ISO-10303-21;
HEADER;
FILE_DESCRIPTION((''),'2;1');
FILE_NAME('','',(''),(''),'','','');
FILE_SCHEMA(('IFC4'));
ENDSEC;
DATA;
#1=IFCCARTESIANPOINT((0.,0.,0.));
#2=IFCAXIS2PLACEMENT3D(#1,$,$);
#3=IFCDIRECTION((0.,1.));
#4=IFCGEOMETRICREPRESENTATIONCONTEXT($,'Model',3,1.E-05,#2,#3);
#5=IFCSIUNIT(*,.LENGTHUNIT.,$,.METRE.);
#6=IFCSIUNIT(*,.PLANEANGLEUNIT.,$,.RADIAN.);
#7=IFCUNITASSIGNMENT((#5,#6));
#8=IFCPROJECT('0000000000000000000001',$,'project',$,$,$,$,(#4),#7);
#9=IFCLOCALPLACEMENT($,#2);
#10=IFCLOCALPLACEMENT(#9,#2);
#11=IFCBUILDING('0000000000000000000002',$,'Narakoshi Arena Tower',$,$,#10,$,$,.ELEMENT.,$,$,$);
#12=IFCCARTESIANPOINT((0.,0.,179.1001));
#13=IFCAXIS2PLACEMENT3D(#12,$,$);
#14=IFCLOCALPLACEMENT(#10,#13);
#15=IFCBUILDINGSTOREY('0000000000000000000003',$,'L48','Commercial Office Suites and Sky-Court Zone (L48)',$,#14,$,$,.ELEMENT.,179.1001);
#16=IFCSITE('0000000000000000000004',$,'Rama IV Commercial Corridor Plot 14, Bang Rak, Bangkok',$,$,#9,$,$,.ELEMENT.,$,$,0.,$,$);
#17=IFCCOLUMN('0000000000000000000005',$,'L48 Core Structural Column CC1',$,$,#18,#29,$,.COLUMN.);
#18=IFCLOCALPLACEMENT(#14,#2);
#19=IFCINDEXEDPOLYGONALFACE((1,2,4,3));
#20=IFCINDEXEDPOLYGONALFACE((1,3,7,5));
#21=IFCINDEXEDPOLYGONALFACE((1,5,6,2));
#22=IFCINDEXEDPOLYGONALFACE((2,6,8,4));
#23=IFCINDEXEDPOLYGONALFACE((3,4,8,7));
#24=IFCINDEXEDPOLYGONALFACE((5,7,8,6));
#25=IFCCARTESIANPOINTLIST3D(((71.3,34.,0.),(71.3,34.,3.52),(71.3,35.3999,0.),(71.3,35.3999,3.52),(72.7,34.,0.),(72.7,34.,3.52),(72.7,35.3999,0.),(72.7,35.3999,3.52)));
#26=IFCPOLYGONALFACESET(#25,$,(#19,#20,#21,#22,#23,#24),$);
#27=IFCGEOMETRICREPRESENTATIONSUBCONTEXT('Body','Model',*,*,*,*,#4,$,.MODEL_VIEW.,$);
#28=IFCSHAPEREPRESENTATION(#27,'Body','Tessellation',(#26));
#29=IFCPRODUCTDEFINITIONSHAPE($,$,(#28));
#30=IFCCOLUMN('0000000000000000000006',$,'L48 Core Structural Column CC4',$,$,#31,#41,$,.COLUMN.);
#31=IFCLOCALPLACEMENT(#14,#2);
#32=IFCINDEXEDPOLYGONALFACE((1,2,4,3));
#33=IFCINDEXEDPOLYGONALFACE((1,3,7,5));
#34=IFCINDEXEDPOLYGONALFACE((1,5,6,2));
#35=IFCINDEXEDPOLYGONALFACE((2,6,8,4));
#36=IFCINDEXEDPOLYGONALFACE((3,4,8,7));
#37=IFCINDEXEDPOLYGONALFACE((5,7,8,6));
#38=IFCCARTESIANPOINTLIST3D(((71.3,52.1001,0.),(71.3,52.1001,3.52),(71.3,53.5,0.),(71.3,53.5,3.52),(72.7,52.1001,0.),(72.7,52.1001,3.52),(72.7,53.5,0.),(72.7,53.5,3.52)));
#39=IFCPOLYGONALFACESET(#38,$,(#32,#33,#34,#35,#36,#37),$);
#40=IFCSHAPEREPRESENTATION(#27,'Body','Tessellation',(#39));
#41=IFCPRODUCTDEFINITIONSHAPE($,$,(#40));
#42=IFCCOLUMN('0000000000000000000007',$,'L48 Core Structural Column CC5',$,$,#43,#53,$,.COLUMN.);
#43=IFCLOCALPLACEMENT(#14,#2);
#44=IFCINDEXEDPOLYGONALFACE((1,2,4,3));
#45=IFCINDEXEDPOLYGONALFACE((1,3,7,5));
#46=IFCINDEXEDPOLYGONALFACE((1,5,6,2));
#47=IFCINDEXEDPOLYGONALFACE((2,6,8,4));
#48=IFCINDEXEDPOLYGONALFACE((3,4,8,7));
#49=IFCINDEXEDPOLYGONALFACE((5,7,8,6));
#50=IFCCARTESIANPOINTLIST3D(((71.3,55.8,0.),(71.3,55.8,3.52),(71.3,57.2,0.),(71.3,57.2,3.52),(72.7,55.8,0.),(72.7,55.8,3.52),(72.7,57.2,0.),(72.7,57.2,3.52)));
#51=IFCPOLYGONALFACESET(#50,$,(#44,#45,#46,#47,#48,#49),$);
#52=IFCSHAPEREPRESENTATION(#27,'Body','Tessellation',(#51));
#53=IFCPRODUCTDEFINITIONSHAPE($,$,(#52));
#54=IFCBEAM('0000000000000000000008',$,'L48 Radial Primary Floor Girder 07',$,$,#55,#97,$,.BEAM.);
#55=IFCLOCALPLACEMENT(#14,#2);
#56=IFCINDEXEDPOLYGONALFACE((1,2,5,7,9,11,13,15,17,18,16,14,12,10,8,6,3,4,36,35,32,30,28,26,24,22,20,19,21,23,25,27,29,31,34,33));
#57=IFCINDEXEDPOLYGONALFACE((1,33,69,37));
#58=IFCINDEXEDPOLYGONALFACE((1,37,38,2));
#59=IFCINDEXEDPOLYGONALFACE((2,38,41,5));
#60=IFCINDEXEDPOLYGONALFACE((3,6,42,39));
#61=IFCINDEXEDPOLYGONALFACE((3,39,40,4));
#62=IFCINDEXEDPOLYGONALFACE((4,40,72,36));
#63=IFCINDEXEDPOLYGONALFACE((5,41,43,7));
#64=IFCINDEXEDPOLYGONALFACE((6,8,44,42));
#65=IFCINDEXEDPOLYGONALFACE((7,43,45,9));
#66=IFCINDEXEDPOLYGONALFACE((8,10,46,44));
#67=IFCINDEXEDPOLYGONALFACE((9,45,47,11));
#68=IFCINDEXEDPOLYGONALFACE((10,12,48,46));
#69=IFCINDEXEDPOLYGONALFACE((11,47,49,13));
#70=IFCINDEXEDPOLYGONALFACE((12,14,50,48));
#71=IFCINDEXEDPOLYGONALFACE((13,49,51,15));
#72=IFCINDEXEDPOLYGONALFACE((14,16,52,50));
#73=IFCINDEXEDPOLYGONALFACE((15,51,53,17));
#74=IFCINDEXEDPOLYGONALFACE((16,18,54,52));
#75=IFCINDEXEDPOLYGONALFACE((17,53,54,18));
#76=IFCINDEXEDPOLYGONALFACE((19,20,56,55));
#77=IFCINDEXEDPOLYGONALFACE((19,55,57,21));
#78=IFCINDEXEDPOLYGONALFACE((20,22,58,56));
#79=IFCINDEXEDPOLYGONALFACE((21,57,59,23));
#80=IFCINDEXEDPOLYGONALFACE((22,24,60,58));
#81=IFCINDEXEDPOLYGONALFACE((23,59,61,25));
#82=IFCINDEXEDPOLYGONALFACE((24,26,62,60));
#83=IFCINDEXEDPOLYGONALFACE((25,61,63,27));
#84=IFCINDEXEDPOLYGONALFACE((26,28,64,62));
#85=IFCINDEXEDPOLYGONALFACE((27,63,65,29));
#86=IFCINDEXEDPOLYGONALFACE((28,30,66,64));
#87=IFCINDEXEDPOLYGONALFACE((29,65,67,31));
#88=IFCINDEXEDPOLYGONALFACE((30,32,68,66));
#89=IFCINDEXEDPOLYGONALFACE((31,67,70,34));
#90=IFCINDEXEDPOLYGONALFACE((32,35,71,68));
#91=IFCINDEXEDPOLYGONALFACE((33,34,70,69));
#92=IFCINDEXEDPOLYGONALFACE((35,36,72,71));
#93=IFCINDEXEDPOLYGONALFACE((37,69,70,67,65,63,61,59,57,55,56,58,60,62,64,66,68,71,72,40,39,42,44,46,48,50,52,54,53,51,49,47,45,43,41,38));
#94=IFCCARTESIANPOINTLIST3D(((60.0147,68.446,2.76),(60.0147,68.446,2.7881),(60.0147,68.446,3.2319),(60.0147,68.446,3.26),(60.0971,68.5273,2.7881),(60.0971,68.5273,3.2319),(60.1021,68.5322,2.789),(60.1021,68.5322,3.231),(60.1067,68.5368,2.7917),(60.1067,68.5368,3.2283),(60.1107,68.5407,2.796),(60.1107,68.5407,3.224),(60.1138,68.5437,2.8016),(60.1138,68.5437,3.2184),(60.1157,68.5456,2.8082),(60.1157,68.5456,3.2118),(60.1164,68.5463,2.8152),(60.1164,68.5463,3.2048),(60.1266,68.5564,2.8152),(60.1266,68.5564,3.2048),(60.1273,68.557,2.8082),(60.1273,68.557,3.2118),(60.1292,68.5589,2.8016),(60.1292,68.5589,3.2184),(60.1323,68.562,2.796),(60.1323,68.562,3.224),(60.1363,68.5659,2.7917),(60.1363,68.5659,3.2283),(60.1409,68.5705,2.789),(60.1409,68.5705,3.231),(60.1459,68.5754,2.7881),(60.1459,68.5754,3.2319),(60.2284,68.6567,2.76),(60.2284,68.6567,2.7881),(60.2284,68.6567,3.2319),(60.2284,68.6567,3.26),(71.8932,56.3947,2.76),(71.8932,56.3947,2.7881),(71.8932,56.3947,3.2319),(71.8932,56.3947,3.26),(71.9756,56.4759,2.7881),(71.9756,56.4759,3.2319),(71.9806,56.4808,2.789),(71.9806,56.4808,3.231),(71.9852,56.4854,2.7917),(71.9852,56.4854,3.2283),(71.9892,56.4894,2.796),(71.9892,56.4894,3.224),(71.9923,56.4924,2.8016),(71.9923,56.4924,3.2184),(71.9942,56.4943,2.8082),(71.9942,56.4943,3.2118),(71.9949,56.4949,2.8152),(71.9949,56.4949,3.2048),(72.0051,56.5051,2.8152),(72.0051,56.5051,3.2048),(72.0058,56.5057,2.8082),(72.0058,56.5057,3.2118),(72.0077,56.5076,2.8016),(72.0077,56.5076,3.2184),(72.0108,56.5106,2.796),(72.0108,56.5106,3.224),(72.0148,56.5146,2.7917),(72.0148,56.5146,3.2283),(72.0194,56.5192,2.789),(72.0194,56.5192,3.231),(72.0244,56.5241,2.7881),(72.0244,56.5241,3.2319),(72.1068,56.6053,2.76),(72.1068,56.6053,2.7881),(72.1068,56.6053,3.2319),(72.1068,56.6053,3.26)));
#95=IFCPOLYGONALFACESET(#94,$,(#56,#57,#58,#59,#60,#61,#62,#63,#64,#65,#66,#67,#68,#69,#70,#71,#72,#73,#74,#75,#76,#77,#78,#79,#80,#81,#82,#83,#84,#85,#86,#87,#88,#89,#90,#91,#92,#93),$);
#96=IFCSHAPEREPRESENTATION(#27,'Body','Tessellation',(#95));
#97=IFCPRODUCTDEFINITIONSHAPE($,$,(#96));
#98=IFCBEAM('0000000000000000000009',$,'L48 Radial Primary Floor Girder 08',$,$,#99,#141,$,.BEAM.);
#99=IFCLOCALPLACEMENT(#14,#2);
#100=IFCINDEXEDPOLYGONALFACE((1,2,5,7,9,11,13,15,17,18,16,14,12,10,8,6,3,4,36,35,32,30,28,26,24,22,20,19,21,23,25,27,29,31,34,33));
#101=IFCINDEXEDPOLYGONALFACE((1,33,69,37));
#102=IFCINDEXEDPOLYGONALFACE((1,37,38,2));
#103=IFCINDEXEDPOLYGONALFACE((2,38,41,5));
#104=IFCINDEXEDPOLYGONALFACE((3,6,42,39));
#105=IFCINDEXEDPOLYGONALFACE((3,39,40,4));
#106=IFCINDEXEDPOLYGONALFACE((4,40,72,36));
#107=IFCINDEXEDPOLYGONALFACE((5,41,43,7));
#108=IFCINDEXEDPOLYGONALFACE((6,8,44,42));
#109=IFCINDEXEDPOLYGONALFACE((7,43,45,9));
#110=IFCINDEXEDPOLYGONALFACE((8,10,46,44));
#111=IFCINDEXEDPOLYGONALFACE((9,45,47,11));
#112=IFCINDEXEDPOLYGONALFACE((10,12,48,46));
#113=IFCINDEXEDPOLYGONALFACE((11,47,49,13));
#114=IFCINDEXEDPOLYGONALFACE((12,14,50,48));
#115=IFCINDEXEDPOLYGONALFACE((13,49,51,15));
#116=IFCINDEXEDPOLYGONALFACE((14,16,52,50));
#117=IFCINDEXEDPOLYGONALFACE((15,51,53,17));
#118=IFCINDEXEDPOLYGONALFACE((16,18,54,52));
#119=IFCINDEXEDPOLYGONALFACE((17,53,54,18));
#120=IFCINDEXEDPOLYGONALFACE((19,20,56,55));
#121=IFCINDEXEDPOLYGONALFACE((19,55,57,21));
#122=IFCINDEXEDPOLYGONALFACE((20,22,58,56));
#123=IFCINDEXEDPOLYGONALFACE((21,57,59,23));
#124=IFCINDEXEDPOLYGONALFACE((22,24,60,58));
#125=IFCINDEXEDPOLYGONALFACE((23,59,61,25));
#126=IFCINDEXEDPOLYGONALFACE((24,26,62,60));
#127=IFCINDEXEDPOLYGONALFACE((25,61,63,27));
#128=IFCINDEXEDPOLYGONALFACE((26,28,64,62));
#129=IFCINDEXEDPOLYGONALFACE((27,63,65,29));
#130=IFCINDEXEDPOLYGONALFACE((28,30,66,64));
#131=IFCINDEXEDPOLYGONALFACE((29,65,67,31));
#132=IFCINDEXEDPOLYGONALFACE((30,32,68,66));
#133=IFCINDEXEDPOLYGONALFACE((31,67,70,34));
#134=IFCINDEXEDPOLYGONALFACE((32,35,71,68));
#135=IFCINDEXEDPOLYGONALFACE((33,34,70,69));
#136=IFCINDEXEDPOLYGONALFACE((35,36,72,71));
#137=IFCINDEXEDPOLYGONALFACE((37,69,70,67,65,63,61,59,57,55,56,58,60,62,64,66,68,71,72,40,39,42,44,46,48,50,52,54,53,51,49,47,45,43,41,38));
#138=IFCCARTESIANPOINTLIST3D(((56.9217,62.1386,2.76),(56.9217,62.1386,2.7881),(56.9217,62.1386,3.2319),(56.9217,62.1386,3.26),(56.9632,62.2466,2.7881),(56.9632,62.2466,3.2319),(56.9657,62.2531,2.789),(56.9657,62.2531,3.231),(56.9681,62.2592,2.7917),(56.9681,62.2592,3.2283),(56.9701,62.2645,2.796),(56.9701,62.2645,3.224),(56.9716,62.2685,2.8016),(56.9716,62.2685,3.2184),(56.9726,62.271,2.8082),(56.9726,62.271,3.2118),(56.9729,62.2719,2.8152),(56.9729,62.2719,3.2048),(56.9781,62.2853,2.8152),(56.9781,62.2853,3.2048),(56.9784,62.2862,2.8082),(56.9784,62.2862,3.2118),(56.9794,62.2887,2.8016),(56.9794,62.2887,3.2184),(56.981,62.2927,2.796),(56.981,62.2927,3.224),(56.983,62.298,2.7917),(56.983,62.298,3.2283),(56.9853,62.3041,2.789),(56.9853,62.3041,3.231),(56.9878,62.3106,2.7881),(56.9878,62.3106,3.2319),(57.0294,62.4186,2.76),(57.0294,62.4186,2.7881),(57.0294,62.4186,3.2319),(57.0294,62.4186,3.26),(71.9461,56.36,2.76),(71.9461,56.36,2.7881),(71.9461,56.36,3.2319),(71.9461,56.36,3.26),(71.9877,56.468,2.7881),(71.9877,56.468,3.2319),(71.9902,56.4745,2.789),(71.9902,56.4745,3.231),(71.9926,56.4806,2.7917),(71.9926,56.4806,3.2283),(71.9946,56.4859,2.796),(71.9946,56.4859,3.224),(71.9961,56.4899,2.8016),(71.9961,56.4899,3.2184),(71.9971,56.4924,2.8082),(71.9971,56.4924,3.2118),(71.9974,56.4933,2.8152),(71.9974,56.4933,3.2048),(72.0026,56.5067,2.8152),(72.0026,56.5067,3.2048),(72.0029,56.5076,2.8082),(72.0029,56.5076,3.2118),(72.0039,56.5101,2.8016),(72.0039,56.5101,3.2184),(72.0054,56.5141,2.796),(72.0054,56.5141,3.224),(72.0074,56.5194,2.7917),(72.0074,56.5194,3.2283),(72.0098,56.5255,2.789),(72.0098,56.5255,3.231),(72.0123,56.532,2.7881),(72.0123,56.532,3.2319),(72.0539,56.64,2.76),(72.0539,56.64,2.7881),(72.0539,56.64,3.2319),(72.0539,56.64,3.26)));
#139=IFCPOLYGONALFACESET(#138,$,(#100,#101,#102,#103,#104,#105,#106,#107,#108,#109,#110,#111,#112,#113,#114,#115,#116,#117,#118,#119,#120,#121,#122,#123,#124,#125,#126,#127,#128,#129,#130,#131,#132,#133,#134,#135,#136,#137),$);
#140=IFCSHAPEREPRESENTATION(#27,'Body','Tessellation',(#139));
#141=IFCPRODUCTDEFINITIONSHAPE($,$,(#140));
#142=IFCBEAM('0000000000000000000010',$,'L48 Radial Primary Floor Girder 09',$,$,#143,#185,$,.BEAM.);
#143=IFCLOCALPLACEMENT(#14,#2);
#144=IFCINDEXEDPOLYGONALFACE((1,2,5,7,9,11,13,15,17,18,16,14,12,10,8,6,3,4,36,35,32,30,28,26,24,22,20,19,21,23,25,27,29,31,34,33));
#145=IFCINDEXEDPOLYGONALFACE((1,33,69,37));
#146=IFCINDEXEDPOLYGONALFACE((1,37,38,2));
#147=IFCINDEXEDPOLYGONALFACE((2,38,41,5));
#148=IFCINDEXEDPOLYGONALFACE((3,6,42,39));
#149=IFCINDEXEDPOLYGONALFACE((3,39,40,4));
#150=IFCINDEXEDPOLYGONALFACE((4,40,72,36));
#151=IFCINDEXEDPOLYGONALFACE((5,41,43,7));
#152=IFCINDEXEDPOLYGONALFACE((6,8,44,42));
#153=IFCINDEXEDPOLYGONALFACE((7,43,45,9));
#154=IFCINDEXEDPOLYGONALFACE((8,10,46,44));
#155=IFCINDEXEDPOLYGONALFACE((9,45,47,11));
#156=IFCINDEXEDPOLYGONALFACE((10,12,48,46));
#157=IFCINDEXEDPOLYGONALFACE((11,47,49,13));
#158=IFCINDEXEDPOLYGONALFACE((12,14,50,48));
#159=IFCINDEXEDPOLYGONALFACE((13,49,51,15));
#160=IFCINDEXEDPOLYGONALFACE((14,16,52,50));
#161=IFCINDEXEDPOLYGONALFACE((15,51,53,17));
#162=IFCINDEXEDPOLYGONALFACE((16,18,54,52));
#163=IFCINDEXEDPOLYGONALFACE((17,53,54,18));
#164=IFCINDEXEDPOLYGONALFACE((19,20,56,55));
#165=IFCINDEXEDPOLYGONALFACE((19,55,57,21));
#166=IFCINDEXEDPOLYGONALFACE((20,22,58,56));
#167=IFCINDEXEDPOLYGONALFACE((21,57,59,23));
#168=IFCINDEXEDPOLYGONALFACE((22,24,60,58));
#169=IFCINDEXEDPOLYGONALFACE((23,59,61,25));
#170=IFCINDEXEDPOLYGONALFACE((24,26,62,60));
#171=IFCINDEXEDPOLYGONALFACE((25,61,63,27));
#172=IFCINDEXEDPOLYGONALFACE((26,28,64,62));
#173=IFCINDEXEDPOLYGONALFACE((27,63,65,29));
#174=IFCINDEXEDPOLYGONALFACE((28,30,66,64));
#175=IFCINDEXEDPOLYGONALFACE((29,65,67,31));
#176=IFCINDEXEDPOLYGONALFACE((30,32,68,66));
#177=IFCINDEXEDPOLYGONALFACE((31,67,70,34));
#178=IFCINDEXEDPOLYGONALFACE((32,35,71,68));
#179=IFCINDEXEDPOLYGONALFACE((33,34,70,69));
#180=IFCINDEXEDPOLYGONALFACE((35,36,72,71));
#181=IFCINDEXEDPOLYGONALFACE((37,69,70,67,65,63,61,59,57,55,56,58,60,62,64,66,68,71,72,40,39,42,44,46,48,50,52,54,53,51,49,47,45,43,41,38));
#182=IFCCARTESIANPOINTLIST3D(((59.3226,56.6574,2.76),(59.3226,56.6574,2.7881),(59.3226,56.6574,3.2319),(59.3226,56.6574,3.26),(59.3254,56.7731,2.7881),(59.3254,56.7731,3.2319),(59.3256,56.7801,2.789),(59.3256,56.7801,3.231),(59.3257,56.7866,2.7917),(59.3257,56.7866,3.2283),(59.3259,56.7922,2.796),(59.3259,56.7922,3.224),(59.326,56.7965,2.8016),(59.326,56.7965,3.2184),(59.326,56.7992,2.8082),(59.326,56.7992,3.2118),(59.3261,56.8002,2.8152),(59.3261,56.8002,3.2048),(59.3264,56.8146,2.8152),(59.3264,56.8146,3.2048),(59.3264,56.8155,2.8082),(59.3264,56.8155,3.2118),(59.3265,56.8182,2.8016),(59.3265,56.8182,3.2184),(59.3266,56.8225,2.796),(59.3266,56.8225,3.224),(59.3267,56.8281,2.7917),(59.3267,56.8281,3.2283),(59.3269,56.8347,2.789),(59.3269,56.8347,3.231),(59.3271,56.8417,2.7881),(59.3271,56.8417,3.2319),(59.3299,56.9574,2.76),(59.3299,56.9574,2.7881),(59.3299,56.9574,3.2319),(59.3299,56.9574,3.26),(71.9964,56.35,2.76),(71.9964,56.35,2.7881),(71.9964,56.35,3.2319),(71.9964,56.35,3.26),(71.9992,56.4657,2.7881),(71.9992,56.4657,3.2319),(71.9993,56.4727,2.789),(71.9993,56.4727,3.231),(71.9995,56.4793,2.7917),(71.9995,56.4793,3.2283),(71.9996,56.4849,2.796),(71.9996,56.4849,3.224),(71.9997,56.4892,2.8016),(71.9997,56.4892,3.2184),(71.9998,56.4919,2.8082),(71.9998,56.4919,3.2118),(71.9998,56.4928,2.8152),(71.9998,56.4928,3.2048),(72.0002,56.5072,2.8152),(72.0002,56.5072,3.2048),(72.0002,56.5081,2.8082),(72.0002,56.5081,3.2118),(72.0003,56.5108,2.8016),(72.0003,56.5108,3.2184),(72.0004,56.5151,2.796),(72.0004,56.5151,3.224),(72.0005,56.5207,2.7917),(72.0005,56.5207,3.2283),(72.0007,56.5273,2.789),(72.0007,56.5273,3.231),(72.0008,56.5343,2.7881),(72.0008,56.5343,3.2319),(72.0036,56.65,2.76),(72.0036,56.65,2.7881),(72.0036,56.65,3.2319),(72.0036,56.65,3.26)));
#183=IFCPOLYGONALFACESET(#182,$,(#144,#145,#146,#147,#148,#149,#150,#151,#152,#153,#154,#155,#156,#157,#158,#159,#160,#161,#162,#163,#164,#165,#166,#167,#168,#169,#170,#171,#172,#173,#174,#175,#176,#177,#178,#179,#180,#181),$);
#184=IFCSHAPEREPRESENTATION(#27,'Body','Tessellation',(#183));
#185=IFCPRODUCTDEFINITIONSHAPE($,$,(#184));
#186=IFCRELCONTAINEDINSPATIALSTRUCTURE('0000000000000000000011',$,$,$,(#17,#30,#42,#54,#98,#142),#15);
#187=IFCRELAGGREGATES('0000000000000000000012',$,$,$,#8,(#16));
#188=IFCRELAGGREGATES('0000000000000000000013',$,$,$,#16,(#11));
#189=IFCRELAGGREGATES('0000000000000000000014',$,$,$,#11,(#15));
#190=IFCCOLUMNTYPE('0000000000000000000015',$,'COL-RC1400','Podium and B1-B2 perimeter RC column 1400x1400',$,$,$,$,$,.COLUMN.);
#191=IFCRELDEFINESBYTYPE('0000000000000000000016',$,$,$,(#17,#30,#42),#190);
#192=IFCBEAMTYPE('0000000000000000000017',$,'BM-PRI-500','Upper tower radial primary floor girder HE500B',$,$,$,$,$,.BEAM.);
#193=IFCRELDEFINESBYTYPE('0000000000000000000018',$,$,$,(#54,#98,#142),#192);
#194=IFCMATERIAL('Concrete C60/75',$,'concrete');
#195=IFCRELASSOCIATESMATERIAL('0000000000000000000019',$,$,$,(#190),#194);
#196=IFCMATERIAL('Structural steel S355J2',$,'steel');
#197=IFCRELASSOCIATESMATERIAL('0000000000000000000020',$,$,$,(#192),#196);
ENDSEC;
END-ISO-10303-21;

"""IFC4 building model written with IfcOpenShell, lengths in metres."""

from ifc_helpers import new_model, si_unit, direction, frame, origin, origin_2d, place, context, subcontext, project, spatial, rectangle, i_section, extrude, material, material_profile, profile_set, type_object, element, save


model = new_model("IFC4")

# Units and contexts
model_context = context("Model", 3, precision=1e-05, world=origin(), true_north=direction((0.0, 1.0)))
body_context = subcontext(model_context, "Body", "Model", "MODEL_VIEW")
ifc_project = project(units=[si_unit("LENGTHUNIT", "METRE"), si_unit("PLANEANGLEUNIT", "RADIAN")], contexts=[model_context])

# Site, building, storey
site_placement = place(None, origin())
site = spatial("IfcSite", under=ifc_project, at=site_placement, Name="Rama IV Commercial Corridor Plot 14, Bang Rak, Bangkok", CompositionType="ELEMENT", RefElevation=0.0)
building_placement = place(site_placement, origin())
building = spatial("IfcBuilding", under=site, at=building_placement, Name="Narakoshi Arena Tower", CompositionType="ELEMENT")
storey_placement = place(building_placement, frame((0.0, 0.0, 179.1001)))
storey = spatial("IfcBuildingStorey", under=building, at=storey_placement, Name="L48", Description="Commercial Office Suites and Sky-Court Zone (L48)", CompositionType="ELEMENT", Elevation=179.1001)

# Columns
ifc_material_1 = material(Name="Concrete C60/75", Category="concrete")
ifc_material_profile_1 = material_profile(ifc_material_1, rectangle(XDim=1.3999, YDim=1.3999, at=origin_2d()), Name="RC1400x1400")
ifc_profile_set_1 = profile_set([ifc_material_profile_1], Name="Concrete C60/75")
column_type = type_object("IfcColumnType", Name="COL-RC1400", Description="Podium and B1-B2 perimeter RC column 1400x1400", PredefinedType="COLUMN", material=ifc_profile_set_1)
for number, where, z_axis, x_axis, name in (
    (1, (72.0, 34.7, 0.0), (0.0, 0.0, 1.0), (1.0, 0.0, 0.0), "L48 Core Structural Column CC1"),
    (2, (72.0, 52.8, 0.0), (0.0, 0.0, 1.0), (1.0, 0.0, 0.0), "L48 Core Structural Column CC4"),
    (3, (72.0, 56.5, 0.0), (0.0, 0.0, 1.0), (1.0, 0.0, 0.0), "L48 Core Structural Column CC5"),
):
    element("IfcColumn", number, at=place(storey_placement, frame(where, z_axis=z_axis, x_axis=x_axis)), inside=storey, type_object=column_type, Name=name, PredefinedType="COLUMN", context=body_context, shape_type="SweptSolid", body=[
        extrude(rectangle(XDim=1.3999, YDim=1.3999, at=origin_2d()), origin(), (0.0, 0.0, 1.0), 3.52),
    ])

# Beams
ifc_material_2 = material(Name="Structural steel S355J2", Category="steel")
ifc_material_profile_2 = material_profile(ifc_material_2, i_section(OverallWidth=0.3, OverallDepth=0.5, WebThickness=0.0144, FlangeThickness=0.0281, FilletRadius=0.0271, at=origin_2d()), Name="HE500B")
ifc_profile_set_2 = profile_set([ifc_material_profile_2], Name="Structural steel S355J2")
beam_type_1 = type_object("IfcBeamType", Name="BM-PRI-500", Description="Upper tower radial primary floor girder HE500B", PredefinedType="BEAM", material=ifc_profile_set_2)
beam_1_placement = place(storey_placement, frame((72.0, 56.5, 3.01), z_axis=(-0.701981, 0.712196, 0.0), x_axis=(-0.712196, -0.701981, 0.0)))
element("IfcBeam", 4, at=beam_1_placement, inside=storey, type_object=beam_type_1, Name="L48 Radial Primary Floor Girder 07", PredefinedType="BEAM", context=body_context, shape_type="SweptSolid", body=[
    extrude(i_section(OverallWidth=0.3, OverallDepth=0.5, WebThickness=0.0144, FlangeThickness=0.0281, FilletRadius=0.0271, at=origin_2d()), origin(), (0.0, 0.0, 1.0), 16.9214),
])
beam_2_placement = place(storey_placement, frame((72.0, 56.5, 3.01), z_axis=(-0.933347, 0.358976, 0.0), x_axis=(-0.358976, -0.933347, 0.0)))
element("IfcBeam", 5, at=beam_2_placement, inside=storey, type_object=beam_type_1, Name="L48 Radial Primary Floor Girder 08", PredefinedType="BEAM", context=body_context, shape_type="SweptSolid", body=[
    extrude(i_section(OverallWidth=0.3, OverallDepth=0.5, WebThickness=0.0144, FlangeThickness=0.0281, FilletRadius=0.0271, at=origin_2d()), origin(), (0.0, 0.0, 1.0), 16.0974),
])
beam_3_placement = place(storey_placement, frame((72.0, 56.5, 3.01), z_axis=(-0.999706, 0.024245, 0.0), x_axis=(-0.024245, -0.999706, 0.0)))
element("IfcBeam", 6, at=beam_3_placement, inside=storey, type_object=beam_type_1, Name="L48 Radial Primary Floor Girder 09", PredefinedType="BEAM", context=body_context, shape_type="SweptSolid", body=[
    extrude(i_section(OverallWidth=0.3, OverallDepth=0.5, WebThickness=0.0144, FlangeThickness=0.0281, FilletRadius=0.0271, at=origin_2d()), origin(), (0.0, 0.0, 1.0), 12.6775),
])

save(model, "model.ifc")
